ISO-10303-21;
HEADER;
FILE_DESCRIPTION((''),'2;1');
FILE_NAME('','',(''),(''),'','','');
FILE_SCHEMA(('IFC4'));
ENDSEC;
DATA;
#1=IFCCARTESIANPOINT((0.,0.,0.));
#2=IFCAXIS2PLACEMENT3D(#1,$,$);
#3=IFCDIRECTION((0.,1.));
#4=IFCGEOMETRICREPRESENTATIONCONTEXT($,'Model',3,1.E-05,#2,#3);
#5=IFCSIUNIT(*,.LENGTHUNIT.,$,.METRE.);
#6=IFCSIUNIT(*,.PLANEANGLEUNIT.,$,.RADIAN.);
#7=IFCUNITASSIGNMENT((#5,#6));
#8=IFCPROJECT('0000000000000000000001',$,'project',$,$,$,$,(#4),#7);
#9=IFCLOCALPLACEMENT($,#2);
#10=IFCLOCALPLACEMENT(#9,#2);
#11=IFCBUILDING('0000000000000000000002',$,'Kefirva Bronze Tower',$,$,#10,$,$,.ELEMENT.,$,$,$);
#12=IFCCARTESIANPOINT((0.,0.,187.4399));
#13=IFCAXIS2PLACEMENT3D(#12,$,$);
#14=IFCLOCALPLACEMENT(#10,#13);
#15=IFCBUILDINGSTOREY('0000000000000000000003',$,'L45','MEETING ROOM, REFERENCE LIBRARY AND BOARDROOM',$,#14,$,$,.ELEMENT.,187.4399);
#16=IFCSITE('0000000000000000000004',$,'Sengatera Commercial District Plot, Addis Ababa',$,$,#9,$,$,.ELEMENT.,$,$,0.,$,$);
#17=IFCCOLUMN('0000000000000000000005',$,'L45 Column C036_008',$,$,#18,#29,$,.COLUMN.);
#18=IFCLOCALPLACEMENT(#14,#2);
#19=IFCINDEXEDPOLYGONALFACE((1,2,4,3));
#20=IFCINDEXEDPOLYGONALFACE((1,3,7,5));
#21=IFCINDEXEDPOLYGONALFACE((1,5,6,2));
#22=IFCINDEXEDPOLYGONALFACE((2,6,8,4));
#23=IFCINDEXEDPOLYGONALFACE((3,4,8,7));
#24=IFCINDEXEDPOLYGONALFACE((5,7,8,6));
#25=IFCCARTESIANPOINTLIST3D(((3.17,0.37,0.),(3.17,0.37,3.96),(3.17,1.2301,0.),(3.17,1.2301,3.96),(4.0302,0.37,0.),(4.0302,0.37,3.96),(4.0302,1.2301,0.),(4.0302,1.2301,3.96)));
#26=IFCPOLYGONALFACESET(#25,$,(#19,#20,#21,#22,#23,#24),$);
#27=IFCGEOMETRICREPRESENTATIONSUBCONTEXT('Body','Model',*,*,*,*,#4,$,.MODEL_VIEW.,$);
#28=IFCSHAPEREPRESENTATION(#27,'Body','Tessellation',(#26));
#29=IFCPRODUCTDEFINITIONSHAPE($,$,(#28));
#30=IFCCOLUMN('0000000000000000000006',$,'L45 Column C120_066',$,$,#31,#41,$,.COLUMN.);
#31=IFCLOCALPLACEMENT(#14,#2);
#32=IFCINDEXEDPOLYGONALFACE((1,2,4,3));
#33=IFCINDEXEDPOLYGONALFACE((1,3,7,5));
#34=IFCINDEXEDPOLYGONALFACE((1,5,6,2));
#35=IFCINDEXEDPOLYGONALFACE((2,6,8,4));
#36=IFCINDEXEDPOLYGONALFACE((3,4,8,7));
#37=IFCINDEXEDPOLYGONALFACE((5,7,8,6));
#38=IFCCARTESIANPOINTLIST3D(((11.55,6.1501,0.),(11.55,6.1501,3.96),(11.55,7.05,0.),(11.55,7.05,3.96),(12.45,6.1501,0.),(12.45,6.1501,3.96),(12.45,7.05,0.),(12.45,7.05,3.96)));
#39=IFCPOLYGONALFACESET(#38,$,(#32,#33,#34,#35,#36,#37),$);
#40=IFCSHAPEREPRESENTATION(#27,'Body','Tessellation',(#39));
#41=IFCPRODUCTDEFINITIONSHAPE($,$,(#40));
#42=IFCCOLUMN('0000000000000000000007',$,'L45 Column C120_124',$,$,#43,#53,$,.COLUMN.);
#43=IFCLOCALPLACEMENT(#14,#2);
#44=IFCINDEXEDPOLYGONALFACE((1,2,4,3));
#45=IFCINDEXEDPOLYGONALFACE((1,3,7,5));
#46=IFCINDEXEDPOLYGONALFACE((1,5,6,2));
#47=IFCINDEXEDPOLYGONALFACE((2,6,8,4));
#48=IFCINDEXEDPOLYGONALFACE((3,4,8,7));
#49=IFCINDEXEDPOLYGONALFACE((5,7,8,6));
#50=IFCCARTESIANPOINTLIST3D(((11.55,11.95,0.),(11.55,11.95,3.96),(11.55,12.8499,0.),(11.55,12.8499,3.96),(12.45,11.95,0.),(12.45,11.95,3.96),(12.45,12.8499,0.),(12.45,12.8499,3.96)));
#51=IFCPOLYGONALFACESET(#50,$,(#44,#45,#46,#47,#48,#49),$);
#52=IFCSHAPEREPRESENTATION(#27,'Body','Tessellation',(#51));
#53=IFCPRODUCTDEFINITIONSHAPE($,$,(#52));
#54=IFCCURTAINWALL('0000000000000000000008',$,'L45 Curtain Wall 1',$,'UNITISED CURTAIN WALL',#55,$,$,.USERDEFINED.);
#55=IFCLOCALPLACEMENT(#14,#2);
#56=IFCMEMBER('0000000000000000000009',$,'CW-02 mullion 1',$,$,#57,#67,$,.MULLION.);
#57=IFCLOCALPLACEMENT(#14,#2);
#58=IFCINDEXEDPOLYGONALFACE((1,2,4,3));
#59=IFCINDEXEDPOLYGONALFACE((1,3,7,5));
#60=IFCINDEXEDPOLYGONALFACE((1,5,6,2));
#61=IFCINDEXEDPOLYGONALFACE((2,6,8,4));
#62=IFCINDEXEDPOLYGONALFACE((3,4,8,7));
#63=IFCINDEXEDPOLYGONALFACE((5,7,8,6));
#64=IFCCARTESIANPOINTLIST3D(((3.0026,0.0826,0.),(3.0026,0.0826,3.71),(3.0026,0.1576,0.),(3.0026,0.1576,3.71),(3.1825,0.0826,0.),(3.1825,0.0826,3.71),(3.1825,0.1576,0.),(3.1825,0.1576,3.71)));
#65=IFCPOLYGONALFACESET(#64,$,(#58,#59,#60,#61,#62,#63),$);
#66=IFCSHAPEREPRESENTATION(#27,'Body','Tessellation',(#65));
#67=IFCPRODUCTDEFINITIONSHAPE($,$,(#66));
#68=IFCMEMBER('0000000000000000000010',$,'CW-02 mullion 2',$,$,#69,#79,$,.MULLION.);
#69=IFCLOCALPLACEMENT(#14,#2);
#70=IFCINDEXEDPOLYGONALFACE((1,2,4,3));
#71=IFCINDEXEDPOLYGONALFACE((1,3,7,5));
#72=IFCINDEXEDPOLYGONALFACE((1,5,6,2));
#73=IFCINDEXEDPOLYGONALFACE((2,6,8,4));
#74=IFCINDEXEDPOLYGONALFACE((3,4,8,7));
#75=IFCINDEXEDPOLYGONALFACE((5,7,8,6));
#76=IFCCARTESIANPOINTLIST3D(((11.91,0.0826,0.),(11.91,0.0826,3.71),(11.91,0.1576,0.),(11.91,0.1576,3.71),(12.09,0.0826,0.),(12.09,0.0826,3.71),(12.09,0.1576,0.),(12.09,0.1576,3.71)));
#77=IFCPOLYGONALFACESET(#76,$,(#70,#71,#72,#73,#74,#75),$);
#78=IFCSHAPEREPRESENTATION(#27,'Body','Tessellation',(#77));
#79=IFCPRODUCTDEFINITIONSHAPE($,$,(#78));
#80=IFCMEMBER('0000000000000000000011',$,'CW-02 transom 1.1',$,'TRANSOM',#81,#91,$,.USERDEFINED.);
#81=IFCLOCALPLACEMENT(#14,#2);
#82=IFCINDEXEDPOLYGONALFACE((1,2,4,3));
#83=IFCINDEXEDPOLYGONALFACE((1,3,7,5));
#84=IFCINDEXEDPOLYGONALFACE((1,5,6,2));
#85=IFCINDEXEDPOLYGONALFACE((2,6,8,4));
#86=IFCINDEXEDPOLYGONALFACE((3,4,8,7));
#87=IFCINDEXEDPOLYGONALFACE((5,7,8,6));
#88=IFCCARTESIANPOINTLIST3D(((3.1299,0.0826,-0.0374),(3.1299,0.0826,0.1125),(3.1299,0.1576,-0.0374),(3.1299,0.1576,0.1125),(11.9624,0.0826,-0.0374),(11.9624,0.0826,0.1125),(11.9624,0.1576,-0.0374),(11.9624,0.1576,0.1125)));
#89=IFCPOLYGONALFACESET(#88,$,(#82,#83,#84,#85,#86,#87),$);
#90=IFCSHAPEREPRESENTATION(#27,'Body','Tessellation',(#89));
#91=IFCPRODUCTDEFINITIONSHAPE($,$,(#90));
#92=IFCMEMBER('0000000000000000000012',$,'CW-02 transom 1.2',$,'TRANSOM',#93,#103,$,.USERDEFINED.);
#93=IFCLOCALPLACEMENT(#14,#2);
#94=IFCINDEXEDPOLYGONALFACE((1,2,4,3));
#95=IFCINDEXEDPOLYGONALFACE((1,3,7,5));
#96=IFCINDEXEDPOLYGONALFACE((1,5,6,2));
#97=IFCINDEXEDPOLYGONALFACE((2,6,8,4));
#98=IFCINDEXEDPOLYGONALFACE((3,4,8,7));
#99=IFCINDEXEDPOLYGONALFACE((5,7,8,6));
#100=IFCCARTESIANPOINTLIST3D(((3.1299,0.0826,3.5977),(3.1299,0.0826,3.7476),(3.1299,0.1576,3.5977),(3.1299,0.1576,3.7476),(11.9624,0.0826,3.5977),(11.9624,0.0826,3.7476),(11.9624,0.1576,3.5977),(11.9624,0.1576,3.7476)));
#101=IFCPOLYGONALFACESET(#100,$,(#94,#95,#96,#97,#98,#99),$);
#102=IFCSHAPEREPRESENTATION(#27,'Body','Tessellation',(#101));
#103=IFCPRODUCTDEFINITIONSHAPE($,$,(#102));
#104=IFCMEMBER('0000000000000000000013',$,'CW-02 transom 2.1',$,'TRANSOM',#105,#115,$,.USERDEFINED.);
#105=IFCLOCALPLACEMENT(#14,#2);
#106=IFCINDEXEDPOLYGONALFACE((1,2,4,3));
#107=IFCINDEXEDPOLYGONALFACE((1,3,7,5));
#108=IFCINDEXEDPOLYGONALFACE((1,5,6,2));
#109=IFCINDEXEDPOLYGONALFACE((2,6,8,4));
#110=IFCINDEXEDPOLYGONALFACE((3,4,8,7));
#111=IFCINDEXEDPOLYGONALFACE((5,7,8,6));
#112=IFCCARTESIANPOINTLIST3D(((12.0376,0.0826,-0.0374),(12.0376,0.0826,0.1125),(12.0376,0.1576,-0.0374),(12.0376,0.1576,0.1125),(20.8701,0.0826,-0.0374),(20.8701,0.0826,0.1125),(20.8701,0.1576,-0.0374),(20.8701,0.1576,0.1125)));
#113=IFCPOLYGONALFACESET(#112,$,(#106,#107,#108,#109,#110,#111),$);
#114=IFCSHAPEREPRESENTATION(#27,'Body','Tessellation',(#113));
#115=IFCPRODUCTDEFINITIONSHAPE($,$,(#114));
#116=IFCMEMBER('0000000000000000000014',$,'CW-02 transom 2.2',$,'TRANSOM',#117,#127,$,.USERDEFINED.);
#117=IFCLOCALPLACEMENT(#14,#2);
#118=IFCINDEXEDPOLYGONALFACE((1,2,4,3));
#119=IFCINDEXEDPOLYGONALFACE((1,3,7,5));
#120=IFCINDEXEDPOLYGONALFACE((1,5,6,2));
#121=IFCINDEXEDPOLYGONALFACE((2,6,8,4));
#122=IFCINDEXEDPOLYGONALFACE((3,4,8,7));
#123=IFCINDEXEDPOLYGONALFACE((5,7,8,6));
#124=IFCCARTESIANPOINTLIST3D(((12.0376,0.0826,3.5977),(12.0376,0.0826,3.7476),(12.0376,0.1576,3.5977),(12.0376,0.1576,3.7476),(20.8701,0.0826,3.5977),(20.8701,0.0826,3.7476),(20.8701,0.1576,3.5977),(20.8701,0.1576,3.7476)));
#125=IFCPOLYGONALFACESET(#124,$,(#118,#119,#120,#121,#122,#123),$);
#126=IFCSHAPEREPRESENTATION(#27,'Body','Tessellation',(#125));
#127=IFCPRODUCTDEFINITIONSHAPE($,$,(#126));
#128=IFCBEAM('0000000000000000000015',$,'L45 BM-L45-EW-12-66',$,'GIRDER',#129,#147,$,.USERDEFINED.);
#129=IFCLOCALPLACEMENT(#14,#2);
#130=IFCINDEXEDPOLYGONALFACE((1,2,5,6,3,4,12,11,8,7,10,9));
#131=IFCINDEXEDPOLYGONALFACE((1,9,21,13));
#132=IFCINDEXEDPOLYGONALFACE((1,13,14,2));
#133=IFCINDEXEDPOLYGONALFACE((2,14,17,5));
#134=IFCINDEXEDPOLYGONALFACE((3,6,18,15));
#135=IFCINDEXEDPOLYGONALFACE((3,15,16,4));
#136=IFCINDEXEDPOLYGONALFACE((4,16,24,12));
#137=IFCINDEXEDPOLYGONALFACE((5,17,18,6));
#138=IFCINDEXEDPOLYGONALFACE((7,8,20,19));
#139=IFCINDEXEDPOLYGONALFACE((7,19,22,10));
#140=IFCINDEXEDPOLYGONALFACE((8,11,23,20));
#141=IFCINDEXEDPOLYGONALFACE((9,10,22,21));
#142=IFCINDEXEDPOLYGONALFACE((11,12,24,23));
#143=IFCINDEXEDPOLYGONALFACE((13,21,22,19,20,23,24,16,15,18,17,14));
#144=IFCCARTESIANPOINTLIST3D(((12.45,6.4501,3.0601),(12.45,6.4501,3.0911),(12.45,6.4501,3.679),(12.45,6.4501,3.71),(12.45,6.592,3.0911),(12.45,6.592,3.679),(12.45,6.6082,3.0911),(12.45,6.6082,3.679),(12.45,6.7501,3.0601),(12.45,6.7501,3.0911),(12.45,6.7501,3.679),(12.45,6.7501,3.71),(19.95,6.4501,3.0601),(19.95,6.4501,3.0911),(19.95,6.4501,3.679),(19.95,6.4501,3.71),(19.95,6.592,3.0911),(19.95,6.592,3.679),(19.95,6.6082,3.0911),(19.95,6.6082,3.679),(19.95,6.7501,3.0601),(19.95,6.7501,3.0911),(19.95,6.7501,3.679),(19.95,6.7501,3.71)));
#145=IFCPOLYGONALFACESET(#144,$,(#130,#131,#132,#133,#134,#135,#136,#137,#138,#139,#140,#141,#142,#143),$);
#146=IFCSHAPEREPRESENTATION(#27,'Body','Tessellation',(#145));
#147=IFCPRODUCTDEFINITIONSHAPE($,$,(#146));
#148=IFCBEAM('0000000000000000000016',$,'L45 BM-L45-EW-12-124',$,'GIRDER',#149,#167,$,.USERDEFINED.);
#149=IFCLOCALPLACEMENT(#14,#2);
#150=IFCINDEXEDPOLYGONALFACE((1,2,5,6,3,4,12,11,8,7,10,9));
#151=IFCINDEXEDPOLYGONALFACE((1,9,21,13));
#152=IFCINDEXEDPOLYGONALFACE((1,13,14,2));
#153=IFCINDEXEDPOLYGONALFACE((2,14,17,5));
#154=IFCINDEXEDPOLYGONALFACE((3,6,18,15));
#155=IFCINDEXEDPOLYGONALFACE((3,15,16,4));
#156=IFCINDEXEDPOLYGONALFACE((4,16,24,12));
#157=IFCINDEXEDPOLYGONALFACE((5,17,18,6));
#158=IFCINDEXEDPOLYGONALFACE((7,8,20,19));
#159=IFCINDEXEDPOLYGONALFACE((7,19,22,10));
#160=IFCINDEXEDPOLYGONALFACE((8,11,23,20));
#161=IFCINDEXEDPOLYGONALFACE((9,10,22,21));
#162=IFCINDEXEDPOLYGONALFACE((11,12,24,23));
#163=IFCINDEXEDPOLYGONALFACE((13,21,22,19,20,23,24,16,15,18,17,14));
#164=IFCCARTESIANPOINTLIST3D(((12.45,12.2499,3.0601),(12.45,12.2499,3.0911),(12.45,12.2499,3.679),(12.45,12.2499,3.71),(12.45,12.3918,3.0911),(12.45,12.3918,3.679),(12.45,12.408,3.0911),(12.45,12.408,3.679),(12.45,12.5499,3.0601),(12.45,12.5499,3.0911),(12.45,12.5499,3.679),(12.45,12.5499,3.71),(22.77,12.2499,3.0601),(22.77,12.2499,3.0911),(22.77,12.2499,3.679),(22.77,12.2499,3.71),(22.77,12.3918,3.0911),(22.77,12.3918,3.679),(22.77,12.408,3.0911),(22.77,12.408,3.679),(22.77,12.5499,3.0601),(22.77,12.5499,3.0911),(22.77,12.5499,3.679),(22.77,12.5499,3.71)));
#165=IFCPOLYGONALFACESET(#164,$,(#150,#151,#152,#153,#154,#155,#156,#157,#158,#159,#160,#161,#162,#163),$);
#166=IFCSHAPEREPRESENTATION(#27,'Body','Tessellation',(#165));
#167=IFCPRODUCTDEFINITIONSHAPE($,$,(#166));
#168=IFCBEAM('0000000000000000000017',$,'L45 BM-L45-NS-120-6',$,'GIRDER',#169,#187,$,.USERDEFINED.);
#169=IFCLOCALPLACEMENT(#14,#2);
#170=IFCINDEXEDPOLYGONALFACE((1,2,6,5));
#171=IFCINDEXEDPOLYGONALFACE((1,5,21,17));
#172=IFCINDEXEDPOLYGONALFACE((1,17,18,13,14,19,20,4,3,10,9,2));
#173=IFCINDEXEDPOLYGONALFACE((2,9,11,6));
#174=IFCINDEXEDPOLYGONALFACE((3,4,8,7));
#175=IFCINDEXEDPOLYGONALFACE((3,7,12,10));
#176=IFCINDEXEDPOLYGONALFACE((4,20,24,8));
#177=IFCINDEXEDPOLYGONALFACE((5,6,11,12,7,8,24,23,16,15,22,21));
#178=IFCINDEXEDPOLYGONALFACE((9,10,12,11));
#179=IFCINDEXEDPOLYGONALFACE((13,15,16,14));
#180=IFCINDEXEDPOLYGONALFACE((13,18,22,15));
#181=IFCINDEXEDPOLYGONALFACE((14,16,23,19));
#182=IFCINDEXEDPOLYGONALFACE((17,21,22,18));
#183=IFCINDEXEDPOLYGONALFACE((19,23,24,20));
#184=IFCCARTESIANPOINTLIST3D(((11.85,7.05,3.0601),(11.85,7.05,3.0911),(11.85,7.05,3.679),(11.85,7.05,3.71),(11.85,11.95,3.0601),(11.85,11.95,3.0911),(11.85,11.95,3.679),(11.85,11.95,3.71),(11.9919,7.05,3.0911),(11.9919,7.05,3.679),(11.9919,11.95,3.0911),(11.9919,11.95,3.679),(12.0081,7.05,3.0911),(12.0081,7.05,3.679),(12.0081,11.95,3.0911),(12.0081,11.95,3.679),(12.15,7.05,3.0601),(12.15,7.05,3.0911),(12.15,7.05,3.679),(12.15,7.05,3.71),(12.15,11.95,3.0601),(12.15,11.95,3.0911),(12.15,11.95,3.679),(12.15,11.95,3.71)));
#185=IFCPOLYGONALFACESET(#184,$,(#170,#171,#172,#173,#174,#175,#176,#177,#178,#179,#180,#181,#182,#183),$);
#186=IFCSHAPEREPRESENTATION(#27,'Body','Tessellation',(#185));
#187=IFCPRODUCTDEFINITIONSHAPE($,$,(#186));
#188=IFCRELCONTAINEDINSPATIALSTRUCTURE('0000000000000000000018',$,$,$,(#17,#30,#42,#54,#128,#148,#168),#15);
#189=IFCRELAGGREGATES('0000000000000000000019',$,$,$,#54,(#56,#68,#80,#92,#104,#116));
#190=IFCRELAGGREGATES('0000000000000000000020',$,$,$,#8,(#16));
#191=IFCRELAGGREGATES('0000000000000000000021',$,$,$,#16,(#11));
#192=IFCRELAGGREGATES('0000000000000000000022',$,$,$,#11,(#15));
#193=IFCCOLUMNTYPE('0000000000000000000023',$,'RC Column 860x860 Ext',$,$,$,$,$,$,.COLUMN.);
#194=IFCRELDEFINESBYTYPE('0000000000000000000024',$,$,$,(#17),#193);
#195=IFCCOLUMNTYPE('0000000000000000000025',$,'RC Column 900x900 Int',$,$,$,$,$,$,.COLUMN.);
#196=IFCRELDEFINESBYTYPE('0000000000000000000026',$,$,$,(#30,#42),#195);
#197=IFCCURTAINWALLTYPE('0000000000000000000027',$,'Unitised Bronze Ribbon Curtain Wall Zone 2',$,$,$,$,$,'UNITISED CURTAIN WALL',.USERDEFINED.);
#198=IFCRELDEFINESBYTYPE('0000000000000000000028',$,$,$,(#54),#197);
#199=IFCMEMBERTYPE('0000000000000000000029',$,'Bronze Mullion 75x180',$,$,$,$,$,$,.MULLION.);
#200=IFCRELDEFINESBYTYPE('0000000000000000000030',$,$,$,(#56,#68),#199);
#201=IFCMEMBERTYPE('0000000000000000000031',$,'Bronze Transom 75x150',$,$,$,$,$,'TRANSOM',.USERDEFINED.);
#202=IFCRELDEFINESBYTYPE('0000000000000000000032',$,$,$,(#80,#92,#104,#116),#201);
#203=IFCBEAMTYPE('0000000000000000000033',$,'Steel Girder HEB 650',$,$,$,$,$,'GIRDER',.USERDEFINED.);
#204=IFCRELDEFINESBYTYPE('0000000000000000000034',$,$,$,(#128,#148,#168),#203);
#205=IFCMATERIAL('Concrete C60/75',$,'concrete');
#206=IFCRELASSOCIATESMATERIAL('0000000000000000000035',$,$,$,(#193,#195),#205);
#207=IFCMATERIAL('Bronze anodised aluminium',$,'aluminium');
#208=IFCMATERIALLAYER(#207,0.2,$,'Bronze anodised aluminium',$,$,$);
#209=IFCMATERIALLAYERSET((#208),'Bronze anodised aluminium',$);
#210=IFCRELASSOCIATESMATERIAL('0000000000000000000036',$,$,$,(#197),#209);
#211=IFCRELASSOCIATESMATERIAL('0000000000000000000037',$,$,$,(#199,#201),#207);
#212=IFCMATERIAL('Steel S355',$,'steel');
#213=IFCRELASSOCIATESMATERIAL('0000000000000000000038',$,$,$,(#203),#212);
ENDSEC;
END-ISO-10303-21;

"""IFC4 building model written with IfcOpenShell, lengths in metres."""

from ifc_helpers import new_model, si_unit, direction, frame, origin, origin_2d, place, context, subcontext, project, spatial, rectangle, i_section, extrude, material, layer, layer_set, material_profile, profile_set, type_object, element, aggregate, save


model = new_model("IFC4")

# Units and contexts
model_context = context("Model", 3, precision=1e-05, world=origin(), true_north=direction((0.0, 1.0)))
body_context = subcontext(model_context, "Body", "Model", "MODEL_VIEW")
ifc_project = project(units=[si_unit("LENGTHUNIT", "METRE"), si_unit("PLANEANGLEUNIT", "RADIAN")], contexts=[model_context])

# Site, building, storey
site_placement = place(None, origin())
site = spatial("IfcSite", under=ifc_project, at=site_placement, Name="Sengatera Commercial District Plot, Addis Ababa", CompositionType="ELEMENT", RefElevation=0.0)
building_placement = place(site_placement, origin())
building = spatial("IfcBuilding", under=site, at=building_placement, Name="Kefirva Bronze Tower", CompositionType="ELEMENT")
storey_placement = place(building_placement, frame((0.0, 0.0, 187.4399)))
storey = spatial("IfcBuildingStorey", under=building, at=storey_placement, Name="L45", Description="MEETING ROOM, REFERENCE LIBRARY AND BOARDROOM", CompositionType="ELEMENT", Elevation=187.4399)

# Columns
ifc_material_1 = material(Name="Concrete C60/75", Category="concrete")
ifc_material_profile_1 = material_profile(ifc_material_1, rectangle(XDim=0.8601, YDim=0.8601, at=origin_2d()), Name="RC 860x860")
ifc_profile_set_1 = profile_set([ifc_material_profile_1], Name="Concrete C60/75")
column_type_1 = type_object("IfcColumnType", Name="RC Column 860x860 Ext", PredefinedType="COLUMN", material=ifc_profile_set_1)
column_placement = place(storey_placement, frame((3.6001, 0.8, 0.0), z_axis=(0.0, 0.0, 1.0), x_axis=(1.0, 0.0, 0.0)))
element("IfcColumn", 1, at=column_placement, inside=storey, type_object=column_type_1, Name="L45 Column C036_008", PredefinedType="COLUMN", context=body_context, shape_type="SweptSolid", body=[
    extrude(rectangle(XDim=0.8601, YDim=0.8601, at=origin_2d()), origin(), (0.0, 0.0, 1.0), 3.96),
])
ifc_material_profile_2 = material_profile(ifc_material_1, rectangle(XDim=0.8999, YDim=0.8999, at=origin_2d()), Name="RC 900x900")
ifc_profile_set_2 = profile_set([ifc_material_profile_2], Name="Concrete C60/75")
column_type_2 = type_object("IfcColumnType", Name="RC Column 900x900 Int", PredefinedType="COLUMN", material=ifc_profile_set_2)
for number, where, z_axis, x_axis, name in (
    (2, (12.0, 6.6001, 0.0), (0.0, 0.0, 1.0), (1.0, 0.0, 0.0), "L45 Column C120_066"),
    (3, (12.0, 12.3999, 0.0), (0.0, 0.0, 1.0), (1.0, 0.0, 0.0), "L45 Column C120_124"),
):
    element("IfcColumn", number, at=place(storey_placement, frame(where, z_axis=z_axis, x_axis=x_axis)), inside=storey, type_object=column_type_2, Name=name, PredefinedType="COLUMN", context=body_context, shape_type="SweptSolid", body=[
        extrude(rectangle(XDim=0.8999, YDim=0.8999, at=origin_2d()), origin(), (0.0, 0.0, 1.0), 3.96),
    ])

# Curtain wall, members
ifc_material_2 = material(Name="Bronze anodised aluminium", Category="aluminium")
ifc_layer_1 = layer(ifc_material_2, 0.2, Name="Bronze anodised aluminium")
ifc_layer_set_1 = layer_set([ifc_layer_1], Name="Bronze anodised aluminium")
curtain_wall_type = type_object("IfcCurtainWallType", Name="Unitised Bronze Ribbon Curtain Wall Zone 2", ElementType="UNITISED CURTAIN WALL", PredefinedType="USERDEFINED", material=ifc_layer_set_1)
curtain_wall_placement = place(storey_placement, origin())
curtain_wall = element("IfcCurtainWall", 4, at=curtain_wall_placement, inside=storey, type_object=curtain_wall_type, Name="L45 Curtain Wall 1", ObjectType="UNITISED CURTAIN WALL", PredefinedType="USERDEFINED")
ifc_material_profile_3 = material_profile(ifc_material_2, rectangle(XDim=0.075, YDim=0.1799, at=origin_2d()), Name="ALU 75x180")
ifc_profile_set_3 = profile_set([ifc_material_profile_3], Name="Bronze anodised aluminium")
member_type_1 = type_object("IfcMemberType", Name="Bronze Mullion 75x180", PredefinedType="MULLION", material=ifc_profile_set_3)
member_1_placement = place(storey_placement, frame((3.0925, 0.1201, 0.0), z_axis=(0.0, 0.0, 1.0), x_axis=(0.0, 1.0, 0.0)))
member_1 = element("IfcMember", 5, at=member_1_placement, type_object=member_type_1, Name="CW-02 mullion 1", PredefinedType="MULLION", context=body_context, shape_type="SweptSolid", body=[
    extrude(rectangle(XDim=0.075, YDim=0.1799, at=origin_2d()), origin(), (0.0, 0.0, 1.0), 3.71),
])
member_2_placement = place(storey_placement, frame((12.0, 0.1201, 0.0), z_axis=(0.0, 0.0, 1.0), x_axis=(0.0, 1.0, 0.0)))
member_2 = element("IfcMember", 6, at=member_2_placement, type_object=member_type_1, Name="CW-02 mullion 2", PredefinedType="MULLION", context=body_context, shape_type="SweptSolid", body=[
    extrude(rectangle(XDim=0.075, YDim=0.1799, at=origin_2d()), origin(), (0.0, 0.0, 1.0), 3.71),
])
ifc_material_profile_4 = material_profile(ifc_material_2, rectangle(XDim=0.075, YDim=0.1499, at=origin_2d()), Name="ALU 75x150")
ifc_profile_set_4 = profile_set([ifc_material_profile_4], Name="Bronze anodised aluminium")
member_type_2 = type_object("IfcMemberType", Name="Bronze Transom 75x150", ElementType="TRANSOM", PredefinedType="USERDEFINED", material=ifc_profile_set_4)
member_3_placement = place(storey_placement, frame((3.1299, 0.1201, 0.0376), z_axis=(1.0, 0.0, 0.0), x_axis=(0.0, 1.0, 0.0)))
member_3 = element("IfcMember", 7, at=member_3_placement, type_object=member_type_2, Name="CW-02 transom 1.1", ObjectType="TRANSOM", PredefinedType="USERDEFINED", context=body_context, shape_type="SweptSolid", body=[
    extrude(rectangle(XDim=0.075, YDim=0.1499, at=origin_2d()), origin(), (0.0, 0.0, 1.0), 8.8325),
])
member_4_placement = place(storey_placement, frame((3.1299, 0.1201, 3.6726), z_axis=(1.0, 0.0, 0.0), x_axis=(0.0, 1.0, 0.0)))
member_4 = element("IfcMember", 8, at=member_4_placement, type_object=member_type_2, Name="CW-02 transom 1.2", ObjectType="TRANSOM", PredefinedType="USERDEFINED", context=body_context, shape_type="SweptSolid", body=[
    extrude(rectangle(XDim=0.075, YDim=0.1499, at=origin_2d()), origin(), (0.0, 0.0, 1.0), 8.8325),
])
member_5_placement = place(storey_placement, frame((12.0376, 0.1201, 0.0376), z_axis=(1.0, 0.0, 0.0), x_axis=(0.0, 1.0, 0.0)))
member_5 = element("IfcMember", 9, at=member_5_placement, type_object=member_type_2, Name="CW-02 transom 2.1", ObjectType="TRANSOM", PredefinedType="USERDEFINED", context=body_context, shape_type="SweptSolid", body=[
    extrude(rectangle(XDim=0.075, YDim=0.1499, at=origin_2d()), origin(), (0.0, 0.0, 1.0), 8.8325),
])
member_6_placement = place(storey_placement, frame((12.0376, 0.1201, 3.6726), z_axis=(1.0, 0.0, 0.0), x_axis=(0.0, 1.0, 0.0)))
member_6 = element("IfcMember", 10, at=member_6_placement, type_object=member_type_2, Name="CW-02 transom 2.2", ObjectType="TRANSOM", PredefinedType="USERDEFINED", context=body_context, shape_type="SweptSolid", body=[
    extrude(rectangle(XDim=0.075, YDim=0.1499, at=origin_2d()), origin(), (0.0, 0.0, 1.0), 8.8325),
])

# Beams
ifc_material_3 = material(Name="Steel S355", Category="steel")
ifc_material_profile_5 = material_profile(ifc_material_3, i_section(OverallWidth=0.3, OverallDepth=0.6499, WebThickness=0.0161, FlangeThickness=0.031, at=origin_2d()), Name="HEB 650")
ifc_profile_set_5 = profile_set([ifc_material_profile_5], Name="Steel S355")
beam_type_1 = type_object("IfcBeamType", Name="Steel Girder HEB 650", ElementType="GIRDER", PredefinedType="USERDEFINED", material=ifc_profile_set_5)
beam_1_placement = place(storey_placement, frame((12.45, 6.6001, 3.385), z_axis=(1.0, 0.0, 0.0), x_axis=(0.0, 1.0, 0.0)))
element("IfcBeam", 11, at=beam_1_placement, inside=storey, type_object=beam_type_1, Name="L45 BM-L45-EW-12-66", ObjectType="GIRDER", PredefinedType="USERDEFINED", context=body_context, shape_type="SweptSolid", body=[
    extrude(i_section(OverallWidth=0.3, OverallDepth=0.6499, WebThickness=0.0161, FlangeThickness=0.031, at=origin_2d()), origin(), (0.0, 0.0, 1.0), 7.5),
])
beam_2_placement = place(storey_placement, frame((12.45, 12.3999, 3.385), z_axis=(1.0, 0.0, 0.0), x_axis=(0.0, 1.0, 0.0)))
element("IfcBeam", 12, at=beam_2_placement, inside=storey, type_object=beam_type_1, Name="L45 BM-L45-EW-12-124", ObjectType="GIRDER", PredefinedType="USERDEFINED", context=body_context, shape_type="SweptSolid", body=[
    extrude(i_section(OverallWidth=0.3, OverallDepth=0.6499, WebThickness=0.0161, FlangeThickness=0.031, at=origin_2d()), origin(), (0.0, 0.0, 1.0), 10.3201),
])
beam_3_placement = place(storey_placement, frame((12.0, 7.05, 3.385), z_axis=(0.0, 1.0, 0.0), x_axis=(-1.0, 0.0, 0.0)))
element("IfcBeam", 13, at=beam_3_placement, inside=storey, type_object=beam_type_1, Name="L45 BM-L45-NS-120-6", ObjectType="GIRDER", PredefinedType="USERDEFINED", context=body_context, shape_type="SweptSolid", body=[
    extrude(i_section(OverallWidth=0.3, OverallDepth=0.6499, WebThickness=0.0161, FlangeThickness=0.031, at=origin_2d()), origin(), (0.0, 0.0, 1.0), 4.8999),
])

aggregate(curtain_wall, [member_1, member_2, member_3, member_4, member_5, member_6])

save(model, "model.ifc")
